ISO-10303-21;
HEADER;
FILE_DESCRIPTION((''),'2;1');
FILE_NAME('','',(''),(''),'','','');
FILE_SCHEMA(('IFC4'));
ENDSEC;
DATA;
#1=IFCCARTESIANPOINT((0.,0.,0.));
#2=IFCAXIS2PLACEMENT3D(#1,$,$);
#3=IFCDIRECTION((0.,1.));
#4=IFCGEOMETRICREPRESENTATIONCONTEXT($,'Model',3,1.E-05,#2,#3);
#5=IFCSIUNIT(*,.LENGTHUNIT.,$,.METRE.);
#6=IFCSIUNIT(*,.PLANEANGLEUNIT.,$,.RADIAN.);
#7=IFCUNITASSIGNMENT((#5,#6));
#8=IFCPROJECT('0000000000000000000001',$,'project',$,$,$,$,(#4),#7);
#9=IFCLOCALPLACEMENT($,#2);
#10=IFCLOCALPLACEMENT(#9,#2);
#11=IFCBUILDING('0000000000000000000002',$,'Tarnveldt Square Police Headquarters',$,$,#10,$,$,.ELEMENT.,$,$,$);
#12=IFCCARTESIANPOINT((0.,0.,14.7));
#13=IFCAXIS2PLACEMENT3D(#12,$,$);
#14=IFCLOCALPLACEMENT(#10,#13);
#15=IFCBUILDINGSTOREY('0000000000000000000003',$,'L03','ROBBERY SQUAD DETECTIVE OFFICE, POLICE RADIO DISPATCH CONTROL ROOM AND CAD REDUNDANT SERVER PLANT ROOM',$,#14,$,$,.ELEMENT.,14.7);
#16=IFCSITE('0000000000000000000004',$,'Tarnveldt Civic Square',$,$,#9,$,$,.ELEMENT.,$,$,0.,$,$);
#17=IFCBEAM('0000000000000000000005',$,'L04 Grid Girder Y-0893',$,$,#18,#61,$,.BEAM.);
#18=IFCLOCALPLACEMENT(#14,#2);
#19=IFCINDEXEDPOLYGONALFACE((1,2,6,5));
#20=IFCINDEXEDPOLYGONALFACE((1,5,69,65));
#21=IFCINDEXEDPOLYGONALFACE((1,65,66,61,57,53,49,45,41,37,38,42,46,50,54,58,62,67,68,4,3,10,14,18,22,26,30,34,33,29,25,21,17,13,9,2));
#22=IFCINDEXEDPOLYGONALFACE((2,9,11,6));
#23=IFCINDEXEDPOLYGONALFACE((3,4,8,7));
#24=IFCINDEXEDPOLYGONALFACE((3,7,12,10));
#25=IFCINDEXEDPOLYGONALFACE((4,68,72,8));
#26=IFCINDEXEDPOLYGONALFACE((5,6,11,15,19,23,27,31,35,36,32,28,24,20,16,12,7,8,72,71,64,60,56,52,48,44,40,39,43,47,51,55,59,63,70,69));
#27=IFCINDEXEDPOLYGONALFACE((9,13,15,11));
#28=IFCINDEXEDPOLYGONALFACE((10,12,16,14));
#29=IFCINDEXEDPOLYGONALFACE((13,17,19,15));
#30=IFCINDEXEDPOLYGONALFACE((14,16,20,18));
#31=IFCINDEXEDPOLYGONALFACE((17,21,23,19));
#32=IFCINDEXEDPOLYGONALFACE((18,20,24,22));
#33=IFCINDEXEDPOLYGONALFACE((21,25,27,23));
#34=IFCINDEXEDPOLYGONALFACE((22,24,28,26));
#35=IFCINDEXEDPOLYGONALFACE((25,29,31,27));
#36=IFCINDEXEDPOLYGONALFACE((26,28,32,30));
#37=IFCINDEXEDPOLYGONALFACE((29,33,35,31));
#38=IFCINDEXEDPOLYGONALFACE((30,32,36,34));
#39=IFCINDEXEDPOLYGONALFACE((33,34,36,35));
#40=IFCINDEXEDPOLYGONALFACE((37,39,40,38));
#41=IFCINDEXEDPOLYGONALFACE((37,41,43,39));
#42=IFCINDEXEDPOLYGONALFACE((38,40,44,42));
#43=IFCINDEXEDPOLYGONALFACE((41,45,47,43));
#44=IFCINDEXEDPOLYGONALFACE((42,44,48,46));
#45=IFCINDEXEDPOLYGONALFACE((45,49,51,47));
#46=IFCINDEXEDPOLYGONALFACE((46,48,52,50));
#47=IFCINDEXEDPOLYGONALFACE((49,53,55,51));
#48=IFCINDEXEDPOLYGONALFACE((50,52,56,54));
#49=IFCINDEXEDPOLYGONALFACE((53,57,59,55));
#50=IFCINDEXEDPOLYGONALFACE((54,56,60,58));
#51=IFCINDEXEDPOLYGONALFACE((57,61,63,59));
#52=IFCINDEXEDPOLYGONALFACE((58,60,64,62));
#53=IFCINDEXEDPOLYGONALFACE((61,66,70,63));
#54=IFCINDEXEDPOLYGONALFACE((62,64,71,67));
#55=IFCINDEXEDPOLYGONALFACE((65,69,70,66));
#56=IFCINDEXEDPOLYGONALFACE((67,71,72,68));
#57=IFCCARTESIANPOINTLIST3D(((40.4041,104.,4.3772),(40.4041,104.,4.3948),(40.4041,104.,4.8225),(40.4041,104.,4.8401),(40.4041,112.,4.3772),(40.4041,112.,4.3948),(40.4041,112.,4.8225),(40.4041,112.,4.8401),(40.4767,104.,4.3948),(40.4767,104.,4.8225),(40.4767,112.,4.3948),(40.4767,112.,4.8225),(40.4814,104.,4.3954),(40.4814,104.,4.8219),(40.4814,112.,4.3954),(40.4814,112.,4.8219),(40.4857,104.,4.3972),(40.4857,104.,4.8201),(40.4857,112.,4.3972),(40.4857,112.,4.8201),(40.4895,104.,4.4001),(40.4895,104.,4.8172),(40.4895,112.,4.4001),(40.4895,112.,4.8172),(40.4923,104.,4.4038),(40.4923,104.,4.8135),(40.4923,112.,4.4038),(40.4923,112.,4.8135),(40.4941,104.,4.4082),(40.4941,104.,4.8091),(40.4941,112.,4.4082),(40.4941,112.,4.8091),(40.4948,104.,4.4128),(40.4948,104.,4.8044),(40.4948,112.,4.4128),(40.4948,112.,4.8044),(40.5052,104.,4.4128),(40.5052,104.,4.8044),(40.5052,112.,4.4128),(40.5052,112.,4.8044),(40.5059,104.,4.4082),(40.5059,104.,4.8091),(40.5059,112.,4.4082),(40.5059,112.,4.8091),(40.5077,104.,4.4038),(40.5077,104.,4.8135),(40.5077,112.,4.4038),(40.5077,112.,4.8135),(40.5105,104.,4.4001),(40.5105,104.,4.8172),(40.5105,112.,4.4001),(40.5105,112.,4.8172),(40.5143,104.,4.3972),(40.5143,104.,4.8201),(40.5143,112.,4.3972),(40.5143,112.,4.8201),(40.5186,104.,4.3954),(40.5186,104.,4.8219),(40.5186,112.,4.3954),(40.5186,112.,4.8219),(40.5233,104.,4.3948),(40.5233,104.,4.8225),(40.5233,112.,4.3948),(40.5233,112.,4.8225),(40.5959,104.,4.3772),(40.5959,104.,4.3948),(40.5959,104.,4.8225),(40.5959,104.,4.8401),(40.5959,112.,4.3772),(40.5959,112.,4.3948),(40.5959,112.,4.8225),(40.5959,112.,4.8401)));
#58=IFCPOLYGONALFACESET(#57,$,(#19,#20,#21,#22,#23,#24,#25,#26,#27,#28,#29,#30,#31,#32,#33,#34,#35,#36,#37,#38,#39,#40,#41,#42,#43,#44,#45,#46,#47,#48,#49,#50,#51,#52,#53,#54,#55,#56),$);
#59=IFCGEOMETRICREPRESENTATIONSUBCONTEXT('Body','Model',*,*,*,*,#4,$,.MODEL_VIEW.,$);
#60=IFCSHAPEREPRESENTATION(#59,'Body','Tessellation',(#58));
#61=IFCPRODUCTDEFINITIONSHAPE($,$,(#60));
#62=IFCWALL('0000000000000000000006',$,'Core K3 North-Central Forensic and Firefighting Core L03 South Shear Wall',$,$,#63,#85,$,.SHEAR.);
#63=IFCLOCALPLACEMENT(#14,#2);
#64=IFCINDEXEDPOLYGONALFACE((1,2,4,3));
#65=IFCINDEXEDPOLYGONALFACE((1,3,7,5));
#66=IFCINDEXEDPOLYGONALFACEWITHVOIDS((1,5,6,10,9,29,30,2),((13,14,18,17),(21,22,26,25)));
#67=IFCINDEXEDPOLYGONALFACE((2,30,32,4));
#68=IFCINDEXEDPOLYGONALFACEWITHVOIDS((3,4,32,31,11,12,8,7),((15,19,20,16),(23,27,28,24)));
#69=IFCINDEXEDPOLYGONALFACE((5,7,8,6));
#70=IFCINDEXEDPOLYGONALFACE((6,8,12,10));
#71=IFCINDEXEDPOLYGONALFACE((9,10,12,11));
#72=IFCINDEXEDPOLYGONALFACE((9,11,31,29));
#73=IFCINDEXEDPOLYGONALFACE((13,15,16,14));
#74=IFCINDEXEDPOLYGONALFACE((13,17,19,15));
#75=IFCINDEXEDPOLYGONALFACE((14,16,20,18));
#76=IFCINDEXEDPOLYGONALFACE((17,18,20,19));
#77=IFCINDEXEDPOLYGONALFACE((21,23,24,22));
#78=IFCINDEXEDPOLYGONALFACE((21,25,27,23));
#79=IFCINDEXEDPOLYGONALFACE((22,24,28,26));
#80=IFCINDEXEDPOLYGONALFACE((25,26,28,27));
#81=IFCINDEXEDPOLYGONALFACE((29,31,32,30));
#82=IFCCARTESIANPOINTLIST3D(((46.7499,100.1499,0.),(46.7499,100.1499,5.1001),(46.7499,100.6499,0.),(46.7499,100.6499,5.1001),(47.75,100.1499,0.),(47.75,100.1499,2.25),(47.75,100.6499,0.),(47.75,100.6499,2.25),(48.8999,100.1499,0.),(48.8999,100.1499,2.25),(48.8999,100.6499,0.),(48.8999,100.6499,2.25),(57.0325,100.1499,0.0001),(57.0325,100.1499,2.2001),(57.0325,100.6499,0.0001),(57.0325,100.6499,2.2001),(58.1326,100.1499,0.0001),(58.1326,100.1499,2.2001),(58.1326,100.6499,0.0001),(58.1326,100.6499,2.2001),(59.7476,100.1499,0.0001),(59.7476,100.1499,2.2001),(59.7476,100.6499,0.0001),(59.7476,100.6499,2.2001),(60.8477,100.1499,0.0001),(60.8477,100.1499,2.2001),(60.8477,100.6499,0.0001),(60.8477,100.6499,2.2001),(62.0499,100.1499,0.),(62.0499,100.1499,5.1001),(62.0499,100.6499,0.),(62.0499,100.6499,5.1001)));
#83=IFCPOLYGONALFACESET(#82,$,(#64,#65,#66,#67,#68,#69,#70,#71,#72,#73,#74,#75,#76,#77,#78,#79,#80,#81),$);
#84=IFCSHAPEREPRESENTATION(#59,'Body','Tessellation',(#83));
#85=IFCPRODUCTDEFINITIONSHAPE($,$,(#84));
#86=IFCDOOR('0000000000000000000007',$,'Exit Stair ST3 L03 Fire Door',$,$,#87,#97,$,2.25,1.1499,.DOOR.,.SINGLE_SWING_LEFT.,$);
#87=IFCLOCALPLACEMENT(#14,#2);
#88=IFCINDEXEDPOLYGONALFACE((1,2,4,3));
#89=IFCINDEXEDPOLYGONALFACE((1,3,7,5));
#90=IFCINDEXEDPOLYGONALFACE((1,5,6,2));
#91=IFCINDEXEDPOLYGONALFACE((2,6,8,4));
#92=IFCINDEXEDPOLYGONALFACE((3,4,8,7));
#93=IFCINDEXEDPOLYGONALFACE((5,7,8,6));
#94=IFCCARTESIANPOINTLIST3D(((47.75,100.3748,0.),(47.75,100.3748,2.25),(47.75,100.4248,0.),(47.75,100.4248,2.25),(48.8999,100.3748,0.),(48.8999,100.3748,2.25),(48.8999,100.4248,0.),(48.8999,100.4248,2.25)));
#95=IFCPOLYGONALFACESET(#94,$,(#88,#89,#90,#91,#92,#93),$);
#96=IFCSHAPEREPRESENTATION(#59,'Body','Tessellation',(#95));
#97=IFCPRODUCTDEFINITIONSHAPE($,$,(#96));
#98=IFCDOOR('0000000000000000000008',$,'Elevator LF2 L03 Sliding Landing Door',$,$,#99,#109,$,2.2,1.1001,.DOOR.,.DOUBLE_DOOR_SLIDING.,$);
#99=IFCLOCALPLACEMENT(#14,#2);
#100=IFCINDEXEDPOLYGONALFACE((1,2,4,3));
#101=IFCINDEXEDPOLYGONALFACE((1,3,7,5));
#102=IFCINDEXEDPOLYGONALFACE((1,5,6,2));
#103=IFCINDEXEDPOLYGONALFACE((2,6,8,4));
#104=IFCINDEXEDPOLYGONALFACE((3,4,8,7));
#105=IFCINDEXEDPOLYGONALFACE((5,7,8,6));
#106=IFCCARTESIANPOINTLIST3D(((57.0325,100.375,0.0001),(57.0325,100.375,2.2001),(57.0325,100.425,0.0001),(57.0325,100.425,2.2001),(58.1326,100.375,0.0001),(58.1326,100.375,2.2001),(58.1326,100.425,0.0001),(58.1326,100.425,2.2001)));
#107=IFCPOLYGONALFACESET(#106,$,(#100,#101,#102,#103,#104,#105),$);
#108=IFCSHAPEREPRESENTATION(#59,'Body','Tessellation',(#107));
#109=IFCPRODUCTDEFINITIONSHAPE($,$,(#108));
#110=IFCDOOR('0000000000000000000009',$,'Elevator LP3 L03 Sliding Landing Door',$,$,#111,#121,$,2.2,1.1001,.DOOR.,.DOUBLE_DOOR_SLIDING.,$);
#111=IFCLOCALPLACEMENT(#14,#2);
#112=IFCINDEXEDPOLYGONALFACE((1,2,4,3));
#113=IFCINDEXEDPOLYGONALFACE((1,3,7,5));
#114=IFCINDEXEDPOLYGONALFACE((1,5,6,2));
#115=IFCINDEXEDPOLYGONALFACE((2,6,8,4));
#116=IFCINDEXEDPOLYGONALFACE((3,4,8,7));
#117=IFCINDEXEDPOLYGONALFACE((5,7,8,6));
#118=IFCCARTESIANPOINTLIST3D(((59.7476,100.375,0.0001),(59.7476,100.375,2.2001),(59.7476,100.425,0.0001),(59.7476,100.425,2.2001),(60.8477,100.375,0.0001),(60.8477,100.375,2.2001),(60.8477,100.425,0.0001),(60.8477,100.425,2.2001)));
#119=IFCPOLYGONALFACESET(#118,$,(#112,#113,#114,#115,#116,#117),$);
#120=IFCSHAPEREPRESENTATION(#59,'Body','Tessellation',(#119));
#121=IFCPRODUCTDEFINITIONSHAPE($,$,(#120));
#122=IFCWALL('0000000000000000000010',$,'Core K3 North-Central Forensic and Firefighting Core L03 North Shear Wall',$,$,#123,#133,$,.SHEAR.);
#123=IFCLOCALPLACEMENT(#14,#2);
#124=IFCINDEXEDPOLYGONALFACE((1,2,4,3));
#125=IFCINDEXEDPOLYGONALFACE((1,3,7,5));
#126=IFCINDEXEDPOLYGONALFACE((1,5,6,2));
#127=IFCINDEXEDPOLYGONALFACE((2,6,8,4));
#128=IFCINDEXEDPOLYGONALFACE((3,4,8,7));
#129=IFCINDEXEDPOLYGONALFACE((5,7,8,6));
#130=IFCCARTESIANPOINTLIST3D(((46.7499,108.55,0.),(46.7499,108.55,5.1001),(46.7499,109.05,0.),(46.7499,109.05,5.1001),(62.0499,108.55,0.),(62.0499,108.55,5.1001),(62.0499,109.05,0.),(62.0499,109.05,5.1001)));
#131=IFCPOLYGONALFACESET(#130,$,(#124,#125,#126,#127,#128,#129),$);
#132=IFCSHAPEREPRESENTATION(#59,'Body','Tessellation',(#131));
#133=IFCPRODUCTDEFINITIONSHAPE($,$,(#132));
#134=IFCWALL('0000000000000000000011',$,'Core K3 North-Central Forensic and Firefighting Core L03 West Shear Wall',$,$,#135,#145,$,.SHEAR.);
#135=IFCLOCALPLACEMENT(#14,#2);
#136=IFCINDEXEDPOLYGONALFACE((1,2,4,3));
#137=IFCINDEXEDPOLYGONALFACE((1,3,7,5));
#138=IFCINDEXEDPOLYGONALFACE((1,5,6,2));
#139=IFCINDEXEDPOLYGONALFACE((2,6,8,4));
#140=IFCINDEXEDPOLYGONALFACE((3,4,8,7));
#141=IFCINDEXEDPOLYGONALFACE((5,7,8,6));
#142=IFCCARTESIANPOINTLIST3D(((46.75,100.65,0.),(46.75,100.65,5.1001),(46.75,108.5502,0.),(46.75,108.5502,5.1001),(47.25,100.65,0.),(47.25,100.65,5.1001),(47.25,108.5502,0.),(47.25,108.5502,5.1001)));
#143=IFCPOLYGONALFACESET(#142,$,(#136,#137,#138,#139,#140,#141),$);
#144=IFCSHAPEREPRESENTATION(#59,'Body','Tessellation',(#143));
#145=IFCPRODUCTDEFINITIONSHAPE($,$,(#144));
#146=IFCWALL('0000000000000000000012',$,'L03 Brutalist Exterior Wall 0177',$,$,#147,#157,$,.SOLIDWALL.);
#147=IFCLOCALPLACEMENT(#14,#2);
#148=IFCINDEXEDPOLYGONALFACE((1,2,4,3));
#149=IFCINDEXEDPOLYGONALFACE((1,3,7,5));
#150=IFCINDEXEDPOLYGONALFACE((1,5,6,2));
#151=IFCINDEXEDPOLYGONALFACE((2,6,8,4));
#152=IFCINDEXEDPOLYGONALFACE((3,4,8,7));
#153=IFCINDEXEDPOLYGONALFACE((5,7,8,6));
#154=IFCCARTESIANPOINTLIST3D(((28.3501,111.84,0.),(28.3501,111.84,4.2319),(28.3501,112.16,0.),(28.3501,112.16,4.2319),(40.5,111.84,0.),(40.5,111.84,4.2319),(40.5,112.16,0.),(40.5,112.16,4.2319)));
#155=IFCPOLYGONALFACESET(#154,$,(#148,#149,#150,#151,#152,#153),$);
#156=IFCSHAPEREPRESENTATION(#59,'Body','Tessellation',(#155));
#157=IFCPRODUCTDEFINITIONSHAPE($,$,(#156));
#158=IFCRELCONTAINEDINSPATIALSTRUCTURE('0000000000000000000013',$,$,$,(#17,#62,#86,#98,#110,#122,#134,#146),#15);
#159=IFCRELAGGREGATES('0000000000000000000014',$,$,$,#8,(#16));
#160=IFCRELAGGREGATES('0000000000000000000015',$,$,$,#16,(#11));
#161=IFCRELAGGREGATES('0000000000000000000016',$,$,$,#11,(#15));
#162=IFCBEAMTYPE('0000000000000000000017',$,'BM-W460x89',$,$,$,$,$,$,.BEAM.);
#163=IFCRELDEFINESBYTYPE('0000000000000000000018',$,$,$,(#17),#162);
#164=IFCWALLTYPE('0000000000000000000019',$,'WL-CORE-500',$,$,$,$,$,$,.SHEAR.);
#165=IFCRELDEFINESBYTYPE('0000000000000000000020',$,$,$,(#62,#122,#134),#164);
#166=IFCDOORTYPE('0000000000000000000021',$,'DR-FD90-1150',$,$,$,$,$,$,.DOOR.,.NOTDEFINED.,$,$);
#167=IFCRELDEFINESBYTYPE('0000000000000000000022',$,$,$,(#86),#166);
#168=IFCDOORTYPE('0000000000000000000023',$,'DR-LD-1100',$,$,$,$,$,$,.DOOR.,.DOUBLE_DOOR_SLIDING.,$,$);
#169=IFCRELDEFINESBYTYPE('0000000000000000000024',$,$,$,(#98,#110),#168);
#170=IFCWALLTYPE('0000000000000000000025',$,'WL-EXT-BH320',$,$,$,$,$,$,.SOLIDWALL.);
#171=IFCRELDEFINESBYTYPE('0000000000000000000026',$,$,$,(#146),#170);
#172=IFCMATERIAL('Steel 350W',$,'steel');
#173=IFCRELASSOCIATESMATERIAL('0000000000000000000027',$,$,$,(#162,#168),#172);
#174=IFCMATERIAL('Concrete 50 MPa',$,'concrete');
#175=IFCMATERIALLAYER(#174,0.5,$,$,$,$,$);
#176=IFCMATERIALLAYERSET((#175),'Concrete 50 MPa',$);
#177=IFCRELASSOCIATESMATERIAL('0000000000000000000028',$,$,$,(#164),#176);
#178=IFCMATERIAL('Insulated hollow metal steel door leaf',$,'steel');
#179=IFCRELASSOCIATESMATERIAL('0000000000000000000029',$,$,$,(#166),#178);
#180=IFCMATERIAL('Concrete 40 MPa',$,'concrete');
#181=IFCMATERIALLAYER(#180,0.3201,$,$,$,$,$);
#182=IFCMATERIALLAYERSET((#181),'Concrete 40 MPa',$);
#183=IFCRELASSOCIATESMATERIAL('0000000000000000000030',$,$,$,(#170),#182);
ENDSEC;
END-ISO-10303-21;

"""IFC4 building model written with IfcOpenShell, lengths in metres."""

from ifc_helpers import new_model, si_unit, direction, frame, frame_2d, origin, origin_2d, place, context, subcontext, project, spatial, rectangle, i_section, extrude, material, layer, layer_set, material_profile, profile_set, type_object, element, fill, save


model = new_model("IFC4")

# Units and contexts
model_context = context("Model", 3, precision=1e-05, world=origin(), true_north=direction((0.0, 1.0)))
body_context = subcontext(model_context, "Body", "Model", "MODEL_VIEW")
ifc_project = project(units=[si_unit("LENGTHUNIT", "METRE"), si_unit("PLANEANGLEUNIT", "RADIAN")], contexts=[model_context])

# Site, building, storey
site_placement = place(None, origin())
site = spatial("IfcSite", under=ifc_project, at=site_placement, Name="Tarnveldt Civic Square", CompositionType="ELEMENT", RefElevation=0.0)
building_placement = place(site_placement, origin())
building = spatial("IfcBuilding", under=site, at=building_placement, Name="Tarnveldt Square Police Headquarters", CompositionType="ELEMENT")
storey_placement = place(building_placement, frame((0.0, 0.0, 14.7)))
storey = spatial("IfcBuildingStorey", under=building, at=storey_placement, Name="L03", Description="ROBBERY SQUAD DETECTIVE OFFICE, POLICE RADIO DISPATCH CONTROL ROOM AND CAD REDUNDANT SERVER PLANT ROOM", CompositionType="ELEMENT", Elevation=14.7)

# Shared definitions
ifc_material_1 = material(Name="Steel 350W", Category="steel")

# Beam
ifc_material_2 = material(Name="Concrete 50 MPa", Category="concrete")
ifc_material_3 = material(Name="Concrete 40 MPa", Category="concrete")
ifc_material_profile_1 = material_profile(ifc_material_1, i_section(OverallWidth=0.1919, OverallDepth=0.4629, WebThickness=0.0105, FlangeThickness=0.0176, FilletRadius=0.0181, at=origin_2d()), Name="W460x89")
ifc_profile_set_1 = profile_set([ifc_material_profile_1], Name="Steel 350W")
beam_type_1 = type_object("IfcBeamType", Name="BM-W460x89", PredefinedType="BEAM", material=ifc_profile_set_1)
beam_1_placement = place(storey_placement, frame((40.5, 104.0, 4.6086), z_axis=(0.0, 1.0, 0.0), x_axis=(-1.0, 0.0, 0.0)))
element("IfcBeam", 1, at=beam_1_placement, inside=storey, type_object=beam_type_1, Name="L04 Grid Girder Y-0893", PredefinedType="BEAM", context=body_context, shape_type="SweptSolid", body=[
    extrude(i_section(OverallWidth=0.1919, OverallDepth=0.4629, WebThickness=0.0105, FlangeThickness=0.0176, FilletRadius=0.0181, at=origin_2d()), origin(), (0.0, 0.0, 1.0), 8.0),
])

# Wall, openings, doors
ifc_layer_1 = layer(ifc_material_2, 0.5)
ifc_layer_set_1 = layer_set([ifc_layer_1], Name="Concrete 50 MPa")
wall_type_1 = type_object("IfcWallType", Name="WL-CORE-500", PredefinedType="SHEAR", material=ifc_layer_set_1)
wall_1_placement = place(storey_placement, frame((46.75, 100.3999, 0.0), z_axis=(0.0, 0.0, 1.0), x_axis=(1.0, 0.0, 0.0)))
wall_1 = element("IfcWall", 2, at=wall_1_placement, inside=storey, type_object=wall_type_1, Name="Core K3 North-Central Forensic and Firefighting Core L03 South Shear Wall", PredefinedType="SHEAR", context=body_context, shape_type="SweptSolid", body=[
    extrude(rectangle(XDim=15.3, YDim=0.5, at=frame_2d((7.6499, 0.0))), origin(), (0.0, 0.0, 1.0), 5.1001),
])
opening_1_placement = place(wall_1_placement, frame((1.0, 0.0, 0.0)))
opening_1 = element("IfcOpeningElement", 3, at=opening_1_placement, cuts=wall_1, PredefinedType="OPENING", context=body_context, shape_type="SweptSolid", body=[
    extrude(rectangle(XDim=1.1499, YDim=2.25, at=frame_2d((0.575, 1.125))), frame((0.0, 0.26, 0.0), z_axis=(0.0, -1.0, 0.0), x_axis=(1.0, 0.0, 0.0)), (0.0, 0.0, 1.0), 0.52),
])
opening_2_placement = place(wall_1_placement, frame((10.2825, 0.0, 0.0)))
opening_2 = element("IfcOpeningElement", 4, at=opening_2_placement, cuts=wall_1, PredefinedType="OPENING", context=body_context, shape_type="SweptSolid", body=[
    extrude(rectangle(XDim=1.1001, YDim=2.2, at=frame_2d((0.55, 1.1001))), frame((0.0, 0.26, 0.0), z_axis=(0.0, -1.0, 0.0), x_axis=(1.0, 0.0, 0.0)), (0.0, 0.0, 1.0), 0.52),
])
opening_3_placement = place(wall_1_placement, frame((12.9976, 0.0, 0.0)))
opening_3 = element("IfcOpeningElement", 5, at=opening_3_placement, cuts=wall_1, PredefinedType="OPENING", context=body_context, shape_type="SweptSolid", body=[
    extrude(rectangle(XDim=1.1001, YDim=2.2, at=frame_2d((0.55, 1.1001))), frame((0.0, 0.26, 0.0), z_axis=(0.0, -1.0, 0.0), x_axis=(1.0, 0.0, 0.0)), (0.0, 0.0, 1.0), 0.52),
])
ifc_material_4 = material(Name="Insulated hollow metal steel door leaf", Category="steel")
door_type_1 = type_object("IfcDoorType", Name="DR-FD90-1150", OperationType="NOTDEFINED", PredefinedType="DOOR", material=ifc_material_4)
door_1_placement = place(opening_1_placement, origin())
door_1 = element("IfcDoor", 6, at=door_1_placement, inside=storey, type_object=door_type_1, Name="Exit Stair ST3 L03 Fire Door", OperationType="SINGLE_SWING_LEFT", OverallHeight=2.25, OverallWidth=1.1499, PredefinedType="DOOR", context=body_context, shape_type="SweptSolid", body=[
    extrude(rectangle(XDim=1.1499, YDim=2.25, at=frame_2d((0.575, 1.125))), frame((0.0, 0.0249, 0.0), z_axis=(0.0, -1.0, 0.0), x_axis=(1.0, 0.0, 0.0)), (0.0, 0.0, 1.0), 0.05),
])
fill(opening_1, door_1)
door_type_2 = type_object("IfcDoorType", Name="DR-LD-1100", OperationType="DOUBLE_DOOR_SLIDING", PredefinedType="DOOR", material=ifc_material_1)
door_2_placement = place(opening_2_placement, frame((1.1001, 0.0, 0.0), z_axis=(0.0, 0.0, 1.0), x_axis=(-1.0, 0.0, 0.0)))
door_2 = element("IfcDoor", 7, at=door_2_placement, inside=storey, type_object=door_type_2, Name="Elevator LF2 L03 Sliding Landing Door", OperationType="DOUBLE_DOOR_SLIDING", OverallHeight=2.2, OverallWidth=1.1001, PredefinedType="DOOR", context=body_context, shape_type="SweptSolid", body=[
    extrude(rectangle(XDim=1.1001, YDim=2.2, at=frame_2d((0.55, 1.1001))), frame((0.0, 0.0249, 0.0), z_axis=(0.0, -1.0, 0.0), x_axis=(1.0, 0.0, 0.0)), (0.0, 0.0, 1.0), 0.05),
])
fill(opening_2, door_2)
door_3_placement = place(opening_3_placement, frame((1.1001, 0.0, 0.0), z_axis=(0.0, 0.0, 1.0), x_axis=(-1.0, 0.0, 0.0)))
door_3 = element("IfcDoor", 8, at=door_3_placement, inside=storey, type_object=door_type_2, Name="Elevator LP3 L03 Sliding Landing Door", OperationType="DOUBLE_DOOR_SLIDING", OverallHeight=2.2, OverallWidth=1.1001, PredefinedType="DOOR", context=body_context, shape_type="SweptSolid", body=[
    extrude(rectangle(XDim=1.1001, YDim=2.2, at=frame_2d((0.55, 1.1001))), frame((0.0, 0.0249, 0.0), z_axis=(0.0, -1.0, 0.0), x_axis=(1.0, 0.0, 0.0)), (0.0, 0.0, 1.0), 0.05),
])
fill(opening_3, door_3)

# Walls
wall_2_placement = place(storey_placement, frame((46.75, 108.8, 0.0), z_axis=(0.0, 0.0, 1.0), x_axis=(1.0, 0.0, 0.0)))
element("IfcWall", 9, at=wall_2_placement, inside=storey, type_object=wall_type_1, Name="Core K3 North-Central Forensic and Firefighting Core L03 North Shear Wall", PredefinedType="SHEAR", context=body_context, shape_type="SweptSolid", body=[
    extrude(rectangle(XDim=15.3, YDim=0.5, at=frame_2d((7.6499, 0.0))), origin(), (0.0, 0.0, 1.0), 5.1001),
])
wall_3_placement = place(storey_placement, frame((47.0, 100.6499, 0.0), z_axis=(0.0, 0.0, 1.0), x_axis=(0.0, 1.0, 0.0)))
element("IfcWall", 10, at=wall_3_placement, inside=storey, type_object=wall_type_1, Name="Core K3 North-Central Forensic and Firefighting Core L03 West Shear Wall", PredefinedType="SHEAR", context=body_context, shape_type="SweptSolid", body=[
    extrude(rectangle(XDim=7.9001, YDim=0.5, at=frame_2d((3.9502, 0.0))), origin(), (0.0, 0.0, 1.0), 5.1001),
])
ifc_layer_2 = layer(ifc_material_3, 0.3201)
ifc_layer_set_2 = layer_set([ifc_layer_2], Name="Concrete 40 MPa")
wall_type_2 = type_object("IfcWallType", Name="WL-EXT-BH320", PredefinedType="SOLIDWALL", material=ifc_layer_set_2)
wall_4_placement = place(storey_placement, frame((40.5, 112.0, 0.0), z_axis=(0.0, 0.0, 1.0), x_axis=(-1.0, 0.0, 0.0)))
element("IfcWall", 11, at=wall_4_placement, inside=storey, type_object=wall_type_2, Name="L03 Brutalist Exterior Wall 0177", PredefinedType="SOLIDWALL", context=body_context, shape_type="SweptSolid", body=[
    extrude(rectangle(XDim=12.1499, YDim=0.3201, at=frame_2d((6.075, 0.0))), origin(), (0.0, 0.0, 1.0), 4.2319),
])

save(model, "model.ifc")
